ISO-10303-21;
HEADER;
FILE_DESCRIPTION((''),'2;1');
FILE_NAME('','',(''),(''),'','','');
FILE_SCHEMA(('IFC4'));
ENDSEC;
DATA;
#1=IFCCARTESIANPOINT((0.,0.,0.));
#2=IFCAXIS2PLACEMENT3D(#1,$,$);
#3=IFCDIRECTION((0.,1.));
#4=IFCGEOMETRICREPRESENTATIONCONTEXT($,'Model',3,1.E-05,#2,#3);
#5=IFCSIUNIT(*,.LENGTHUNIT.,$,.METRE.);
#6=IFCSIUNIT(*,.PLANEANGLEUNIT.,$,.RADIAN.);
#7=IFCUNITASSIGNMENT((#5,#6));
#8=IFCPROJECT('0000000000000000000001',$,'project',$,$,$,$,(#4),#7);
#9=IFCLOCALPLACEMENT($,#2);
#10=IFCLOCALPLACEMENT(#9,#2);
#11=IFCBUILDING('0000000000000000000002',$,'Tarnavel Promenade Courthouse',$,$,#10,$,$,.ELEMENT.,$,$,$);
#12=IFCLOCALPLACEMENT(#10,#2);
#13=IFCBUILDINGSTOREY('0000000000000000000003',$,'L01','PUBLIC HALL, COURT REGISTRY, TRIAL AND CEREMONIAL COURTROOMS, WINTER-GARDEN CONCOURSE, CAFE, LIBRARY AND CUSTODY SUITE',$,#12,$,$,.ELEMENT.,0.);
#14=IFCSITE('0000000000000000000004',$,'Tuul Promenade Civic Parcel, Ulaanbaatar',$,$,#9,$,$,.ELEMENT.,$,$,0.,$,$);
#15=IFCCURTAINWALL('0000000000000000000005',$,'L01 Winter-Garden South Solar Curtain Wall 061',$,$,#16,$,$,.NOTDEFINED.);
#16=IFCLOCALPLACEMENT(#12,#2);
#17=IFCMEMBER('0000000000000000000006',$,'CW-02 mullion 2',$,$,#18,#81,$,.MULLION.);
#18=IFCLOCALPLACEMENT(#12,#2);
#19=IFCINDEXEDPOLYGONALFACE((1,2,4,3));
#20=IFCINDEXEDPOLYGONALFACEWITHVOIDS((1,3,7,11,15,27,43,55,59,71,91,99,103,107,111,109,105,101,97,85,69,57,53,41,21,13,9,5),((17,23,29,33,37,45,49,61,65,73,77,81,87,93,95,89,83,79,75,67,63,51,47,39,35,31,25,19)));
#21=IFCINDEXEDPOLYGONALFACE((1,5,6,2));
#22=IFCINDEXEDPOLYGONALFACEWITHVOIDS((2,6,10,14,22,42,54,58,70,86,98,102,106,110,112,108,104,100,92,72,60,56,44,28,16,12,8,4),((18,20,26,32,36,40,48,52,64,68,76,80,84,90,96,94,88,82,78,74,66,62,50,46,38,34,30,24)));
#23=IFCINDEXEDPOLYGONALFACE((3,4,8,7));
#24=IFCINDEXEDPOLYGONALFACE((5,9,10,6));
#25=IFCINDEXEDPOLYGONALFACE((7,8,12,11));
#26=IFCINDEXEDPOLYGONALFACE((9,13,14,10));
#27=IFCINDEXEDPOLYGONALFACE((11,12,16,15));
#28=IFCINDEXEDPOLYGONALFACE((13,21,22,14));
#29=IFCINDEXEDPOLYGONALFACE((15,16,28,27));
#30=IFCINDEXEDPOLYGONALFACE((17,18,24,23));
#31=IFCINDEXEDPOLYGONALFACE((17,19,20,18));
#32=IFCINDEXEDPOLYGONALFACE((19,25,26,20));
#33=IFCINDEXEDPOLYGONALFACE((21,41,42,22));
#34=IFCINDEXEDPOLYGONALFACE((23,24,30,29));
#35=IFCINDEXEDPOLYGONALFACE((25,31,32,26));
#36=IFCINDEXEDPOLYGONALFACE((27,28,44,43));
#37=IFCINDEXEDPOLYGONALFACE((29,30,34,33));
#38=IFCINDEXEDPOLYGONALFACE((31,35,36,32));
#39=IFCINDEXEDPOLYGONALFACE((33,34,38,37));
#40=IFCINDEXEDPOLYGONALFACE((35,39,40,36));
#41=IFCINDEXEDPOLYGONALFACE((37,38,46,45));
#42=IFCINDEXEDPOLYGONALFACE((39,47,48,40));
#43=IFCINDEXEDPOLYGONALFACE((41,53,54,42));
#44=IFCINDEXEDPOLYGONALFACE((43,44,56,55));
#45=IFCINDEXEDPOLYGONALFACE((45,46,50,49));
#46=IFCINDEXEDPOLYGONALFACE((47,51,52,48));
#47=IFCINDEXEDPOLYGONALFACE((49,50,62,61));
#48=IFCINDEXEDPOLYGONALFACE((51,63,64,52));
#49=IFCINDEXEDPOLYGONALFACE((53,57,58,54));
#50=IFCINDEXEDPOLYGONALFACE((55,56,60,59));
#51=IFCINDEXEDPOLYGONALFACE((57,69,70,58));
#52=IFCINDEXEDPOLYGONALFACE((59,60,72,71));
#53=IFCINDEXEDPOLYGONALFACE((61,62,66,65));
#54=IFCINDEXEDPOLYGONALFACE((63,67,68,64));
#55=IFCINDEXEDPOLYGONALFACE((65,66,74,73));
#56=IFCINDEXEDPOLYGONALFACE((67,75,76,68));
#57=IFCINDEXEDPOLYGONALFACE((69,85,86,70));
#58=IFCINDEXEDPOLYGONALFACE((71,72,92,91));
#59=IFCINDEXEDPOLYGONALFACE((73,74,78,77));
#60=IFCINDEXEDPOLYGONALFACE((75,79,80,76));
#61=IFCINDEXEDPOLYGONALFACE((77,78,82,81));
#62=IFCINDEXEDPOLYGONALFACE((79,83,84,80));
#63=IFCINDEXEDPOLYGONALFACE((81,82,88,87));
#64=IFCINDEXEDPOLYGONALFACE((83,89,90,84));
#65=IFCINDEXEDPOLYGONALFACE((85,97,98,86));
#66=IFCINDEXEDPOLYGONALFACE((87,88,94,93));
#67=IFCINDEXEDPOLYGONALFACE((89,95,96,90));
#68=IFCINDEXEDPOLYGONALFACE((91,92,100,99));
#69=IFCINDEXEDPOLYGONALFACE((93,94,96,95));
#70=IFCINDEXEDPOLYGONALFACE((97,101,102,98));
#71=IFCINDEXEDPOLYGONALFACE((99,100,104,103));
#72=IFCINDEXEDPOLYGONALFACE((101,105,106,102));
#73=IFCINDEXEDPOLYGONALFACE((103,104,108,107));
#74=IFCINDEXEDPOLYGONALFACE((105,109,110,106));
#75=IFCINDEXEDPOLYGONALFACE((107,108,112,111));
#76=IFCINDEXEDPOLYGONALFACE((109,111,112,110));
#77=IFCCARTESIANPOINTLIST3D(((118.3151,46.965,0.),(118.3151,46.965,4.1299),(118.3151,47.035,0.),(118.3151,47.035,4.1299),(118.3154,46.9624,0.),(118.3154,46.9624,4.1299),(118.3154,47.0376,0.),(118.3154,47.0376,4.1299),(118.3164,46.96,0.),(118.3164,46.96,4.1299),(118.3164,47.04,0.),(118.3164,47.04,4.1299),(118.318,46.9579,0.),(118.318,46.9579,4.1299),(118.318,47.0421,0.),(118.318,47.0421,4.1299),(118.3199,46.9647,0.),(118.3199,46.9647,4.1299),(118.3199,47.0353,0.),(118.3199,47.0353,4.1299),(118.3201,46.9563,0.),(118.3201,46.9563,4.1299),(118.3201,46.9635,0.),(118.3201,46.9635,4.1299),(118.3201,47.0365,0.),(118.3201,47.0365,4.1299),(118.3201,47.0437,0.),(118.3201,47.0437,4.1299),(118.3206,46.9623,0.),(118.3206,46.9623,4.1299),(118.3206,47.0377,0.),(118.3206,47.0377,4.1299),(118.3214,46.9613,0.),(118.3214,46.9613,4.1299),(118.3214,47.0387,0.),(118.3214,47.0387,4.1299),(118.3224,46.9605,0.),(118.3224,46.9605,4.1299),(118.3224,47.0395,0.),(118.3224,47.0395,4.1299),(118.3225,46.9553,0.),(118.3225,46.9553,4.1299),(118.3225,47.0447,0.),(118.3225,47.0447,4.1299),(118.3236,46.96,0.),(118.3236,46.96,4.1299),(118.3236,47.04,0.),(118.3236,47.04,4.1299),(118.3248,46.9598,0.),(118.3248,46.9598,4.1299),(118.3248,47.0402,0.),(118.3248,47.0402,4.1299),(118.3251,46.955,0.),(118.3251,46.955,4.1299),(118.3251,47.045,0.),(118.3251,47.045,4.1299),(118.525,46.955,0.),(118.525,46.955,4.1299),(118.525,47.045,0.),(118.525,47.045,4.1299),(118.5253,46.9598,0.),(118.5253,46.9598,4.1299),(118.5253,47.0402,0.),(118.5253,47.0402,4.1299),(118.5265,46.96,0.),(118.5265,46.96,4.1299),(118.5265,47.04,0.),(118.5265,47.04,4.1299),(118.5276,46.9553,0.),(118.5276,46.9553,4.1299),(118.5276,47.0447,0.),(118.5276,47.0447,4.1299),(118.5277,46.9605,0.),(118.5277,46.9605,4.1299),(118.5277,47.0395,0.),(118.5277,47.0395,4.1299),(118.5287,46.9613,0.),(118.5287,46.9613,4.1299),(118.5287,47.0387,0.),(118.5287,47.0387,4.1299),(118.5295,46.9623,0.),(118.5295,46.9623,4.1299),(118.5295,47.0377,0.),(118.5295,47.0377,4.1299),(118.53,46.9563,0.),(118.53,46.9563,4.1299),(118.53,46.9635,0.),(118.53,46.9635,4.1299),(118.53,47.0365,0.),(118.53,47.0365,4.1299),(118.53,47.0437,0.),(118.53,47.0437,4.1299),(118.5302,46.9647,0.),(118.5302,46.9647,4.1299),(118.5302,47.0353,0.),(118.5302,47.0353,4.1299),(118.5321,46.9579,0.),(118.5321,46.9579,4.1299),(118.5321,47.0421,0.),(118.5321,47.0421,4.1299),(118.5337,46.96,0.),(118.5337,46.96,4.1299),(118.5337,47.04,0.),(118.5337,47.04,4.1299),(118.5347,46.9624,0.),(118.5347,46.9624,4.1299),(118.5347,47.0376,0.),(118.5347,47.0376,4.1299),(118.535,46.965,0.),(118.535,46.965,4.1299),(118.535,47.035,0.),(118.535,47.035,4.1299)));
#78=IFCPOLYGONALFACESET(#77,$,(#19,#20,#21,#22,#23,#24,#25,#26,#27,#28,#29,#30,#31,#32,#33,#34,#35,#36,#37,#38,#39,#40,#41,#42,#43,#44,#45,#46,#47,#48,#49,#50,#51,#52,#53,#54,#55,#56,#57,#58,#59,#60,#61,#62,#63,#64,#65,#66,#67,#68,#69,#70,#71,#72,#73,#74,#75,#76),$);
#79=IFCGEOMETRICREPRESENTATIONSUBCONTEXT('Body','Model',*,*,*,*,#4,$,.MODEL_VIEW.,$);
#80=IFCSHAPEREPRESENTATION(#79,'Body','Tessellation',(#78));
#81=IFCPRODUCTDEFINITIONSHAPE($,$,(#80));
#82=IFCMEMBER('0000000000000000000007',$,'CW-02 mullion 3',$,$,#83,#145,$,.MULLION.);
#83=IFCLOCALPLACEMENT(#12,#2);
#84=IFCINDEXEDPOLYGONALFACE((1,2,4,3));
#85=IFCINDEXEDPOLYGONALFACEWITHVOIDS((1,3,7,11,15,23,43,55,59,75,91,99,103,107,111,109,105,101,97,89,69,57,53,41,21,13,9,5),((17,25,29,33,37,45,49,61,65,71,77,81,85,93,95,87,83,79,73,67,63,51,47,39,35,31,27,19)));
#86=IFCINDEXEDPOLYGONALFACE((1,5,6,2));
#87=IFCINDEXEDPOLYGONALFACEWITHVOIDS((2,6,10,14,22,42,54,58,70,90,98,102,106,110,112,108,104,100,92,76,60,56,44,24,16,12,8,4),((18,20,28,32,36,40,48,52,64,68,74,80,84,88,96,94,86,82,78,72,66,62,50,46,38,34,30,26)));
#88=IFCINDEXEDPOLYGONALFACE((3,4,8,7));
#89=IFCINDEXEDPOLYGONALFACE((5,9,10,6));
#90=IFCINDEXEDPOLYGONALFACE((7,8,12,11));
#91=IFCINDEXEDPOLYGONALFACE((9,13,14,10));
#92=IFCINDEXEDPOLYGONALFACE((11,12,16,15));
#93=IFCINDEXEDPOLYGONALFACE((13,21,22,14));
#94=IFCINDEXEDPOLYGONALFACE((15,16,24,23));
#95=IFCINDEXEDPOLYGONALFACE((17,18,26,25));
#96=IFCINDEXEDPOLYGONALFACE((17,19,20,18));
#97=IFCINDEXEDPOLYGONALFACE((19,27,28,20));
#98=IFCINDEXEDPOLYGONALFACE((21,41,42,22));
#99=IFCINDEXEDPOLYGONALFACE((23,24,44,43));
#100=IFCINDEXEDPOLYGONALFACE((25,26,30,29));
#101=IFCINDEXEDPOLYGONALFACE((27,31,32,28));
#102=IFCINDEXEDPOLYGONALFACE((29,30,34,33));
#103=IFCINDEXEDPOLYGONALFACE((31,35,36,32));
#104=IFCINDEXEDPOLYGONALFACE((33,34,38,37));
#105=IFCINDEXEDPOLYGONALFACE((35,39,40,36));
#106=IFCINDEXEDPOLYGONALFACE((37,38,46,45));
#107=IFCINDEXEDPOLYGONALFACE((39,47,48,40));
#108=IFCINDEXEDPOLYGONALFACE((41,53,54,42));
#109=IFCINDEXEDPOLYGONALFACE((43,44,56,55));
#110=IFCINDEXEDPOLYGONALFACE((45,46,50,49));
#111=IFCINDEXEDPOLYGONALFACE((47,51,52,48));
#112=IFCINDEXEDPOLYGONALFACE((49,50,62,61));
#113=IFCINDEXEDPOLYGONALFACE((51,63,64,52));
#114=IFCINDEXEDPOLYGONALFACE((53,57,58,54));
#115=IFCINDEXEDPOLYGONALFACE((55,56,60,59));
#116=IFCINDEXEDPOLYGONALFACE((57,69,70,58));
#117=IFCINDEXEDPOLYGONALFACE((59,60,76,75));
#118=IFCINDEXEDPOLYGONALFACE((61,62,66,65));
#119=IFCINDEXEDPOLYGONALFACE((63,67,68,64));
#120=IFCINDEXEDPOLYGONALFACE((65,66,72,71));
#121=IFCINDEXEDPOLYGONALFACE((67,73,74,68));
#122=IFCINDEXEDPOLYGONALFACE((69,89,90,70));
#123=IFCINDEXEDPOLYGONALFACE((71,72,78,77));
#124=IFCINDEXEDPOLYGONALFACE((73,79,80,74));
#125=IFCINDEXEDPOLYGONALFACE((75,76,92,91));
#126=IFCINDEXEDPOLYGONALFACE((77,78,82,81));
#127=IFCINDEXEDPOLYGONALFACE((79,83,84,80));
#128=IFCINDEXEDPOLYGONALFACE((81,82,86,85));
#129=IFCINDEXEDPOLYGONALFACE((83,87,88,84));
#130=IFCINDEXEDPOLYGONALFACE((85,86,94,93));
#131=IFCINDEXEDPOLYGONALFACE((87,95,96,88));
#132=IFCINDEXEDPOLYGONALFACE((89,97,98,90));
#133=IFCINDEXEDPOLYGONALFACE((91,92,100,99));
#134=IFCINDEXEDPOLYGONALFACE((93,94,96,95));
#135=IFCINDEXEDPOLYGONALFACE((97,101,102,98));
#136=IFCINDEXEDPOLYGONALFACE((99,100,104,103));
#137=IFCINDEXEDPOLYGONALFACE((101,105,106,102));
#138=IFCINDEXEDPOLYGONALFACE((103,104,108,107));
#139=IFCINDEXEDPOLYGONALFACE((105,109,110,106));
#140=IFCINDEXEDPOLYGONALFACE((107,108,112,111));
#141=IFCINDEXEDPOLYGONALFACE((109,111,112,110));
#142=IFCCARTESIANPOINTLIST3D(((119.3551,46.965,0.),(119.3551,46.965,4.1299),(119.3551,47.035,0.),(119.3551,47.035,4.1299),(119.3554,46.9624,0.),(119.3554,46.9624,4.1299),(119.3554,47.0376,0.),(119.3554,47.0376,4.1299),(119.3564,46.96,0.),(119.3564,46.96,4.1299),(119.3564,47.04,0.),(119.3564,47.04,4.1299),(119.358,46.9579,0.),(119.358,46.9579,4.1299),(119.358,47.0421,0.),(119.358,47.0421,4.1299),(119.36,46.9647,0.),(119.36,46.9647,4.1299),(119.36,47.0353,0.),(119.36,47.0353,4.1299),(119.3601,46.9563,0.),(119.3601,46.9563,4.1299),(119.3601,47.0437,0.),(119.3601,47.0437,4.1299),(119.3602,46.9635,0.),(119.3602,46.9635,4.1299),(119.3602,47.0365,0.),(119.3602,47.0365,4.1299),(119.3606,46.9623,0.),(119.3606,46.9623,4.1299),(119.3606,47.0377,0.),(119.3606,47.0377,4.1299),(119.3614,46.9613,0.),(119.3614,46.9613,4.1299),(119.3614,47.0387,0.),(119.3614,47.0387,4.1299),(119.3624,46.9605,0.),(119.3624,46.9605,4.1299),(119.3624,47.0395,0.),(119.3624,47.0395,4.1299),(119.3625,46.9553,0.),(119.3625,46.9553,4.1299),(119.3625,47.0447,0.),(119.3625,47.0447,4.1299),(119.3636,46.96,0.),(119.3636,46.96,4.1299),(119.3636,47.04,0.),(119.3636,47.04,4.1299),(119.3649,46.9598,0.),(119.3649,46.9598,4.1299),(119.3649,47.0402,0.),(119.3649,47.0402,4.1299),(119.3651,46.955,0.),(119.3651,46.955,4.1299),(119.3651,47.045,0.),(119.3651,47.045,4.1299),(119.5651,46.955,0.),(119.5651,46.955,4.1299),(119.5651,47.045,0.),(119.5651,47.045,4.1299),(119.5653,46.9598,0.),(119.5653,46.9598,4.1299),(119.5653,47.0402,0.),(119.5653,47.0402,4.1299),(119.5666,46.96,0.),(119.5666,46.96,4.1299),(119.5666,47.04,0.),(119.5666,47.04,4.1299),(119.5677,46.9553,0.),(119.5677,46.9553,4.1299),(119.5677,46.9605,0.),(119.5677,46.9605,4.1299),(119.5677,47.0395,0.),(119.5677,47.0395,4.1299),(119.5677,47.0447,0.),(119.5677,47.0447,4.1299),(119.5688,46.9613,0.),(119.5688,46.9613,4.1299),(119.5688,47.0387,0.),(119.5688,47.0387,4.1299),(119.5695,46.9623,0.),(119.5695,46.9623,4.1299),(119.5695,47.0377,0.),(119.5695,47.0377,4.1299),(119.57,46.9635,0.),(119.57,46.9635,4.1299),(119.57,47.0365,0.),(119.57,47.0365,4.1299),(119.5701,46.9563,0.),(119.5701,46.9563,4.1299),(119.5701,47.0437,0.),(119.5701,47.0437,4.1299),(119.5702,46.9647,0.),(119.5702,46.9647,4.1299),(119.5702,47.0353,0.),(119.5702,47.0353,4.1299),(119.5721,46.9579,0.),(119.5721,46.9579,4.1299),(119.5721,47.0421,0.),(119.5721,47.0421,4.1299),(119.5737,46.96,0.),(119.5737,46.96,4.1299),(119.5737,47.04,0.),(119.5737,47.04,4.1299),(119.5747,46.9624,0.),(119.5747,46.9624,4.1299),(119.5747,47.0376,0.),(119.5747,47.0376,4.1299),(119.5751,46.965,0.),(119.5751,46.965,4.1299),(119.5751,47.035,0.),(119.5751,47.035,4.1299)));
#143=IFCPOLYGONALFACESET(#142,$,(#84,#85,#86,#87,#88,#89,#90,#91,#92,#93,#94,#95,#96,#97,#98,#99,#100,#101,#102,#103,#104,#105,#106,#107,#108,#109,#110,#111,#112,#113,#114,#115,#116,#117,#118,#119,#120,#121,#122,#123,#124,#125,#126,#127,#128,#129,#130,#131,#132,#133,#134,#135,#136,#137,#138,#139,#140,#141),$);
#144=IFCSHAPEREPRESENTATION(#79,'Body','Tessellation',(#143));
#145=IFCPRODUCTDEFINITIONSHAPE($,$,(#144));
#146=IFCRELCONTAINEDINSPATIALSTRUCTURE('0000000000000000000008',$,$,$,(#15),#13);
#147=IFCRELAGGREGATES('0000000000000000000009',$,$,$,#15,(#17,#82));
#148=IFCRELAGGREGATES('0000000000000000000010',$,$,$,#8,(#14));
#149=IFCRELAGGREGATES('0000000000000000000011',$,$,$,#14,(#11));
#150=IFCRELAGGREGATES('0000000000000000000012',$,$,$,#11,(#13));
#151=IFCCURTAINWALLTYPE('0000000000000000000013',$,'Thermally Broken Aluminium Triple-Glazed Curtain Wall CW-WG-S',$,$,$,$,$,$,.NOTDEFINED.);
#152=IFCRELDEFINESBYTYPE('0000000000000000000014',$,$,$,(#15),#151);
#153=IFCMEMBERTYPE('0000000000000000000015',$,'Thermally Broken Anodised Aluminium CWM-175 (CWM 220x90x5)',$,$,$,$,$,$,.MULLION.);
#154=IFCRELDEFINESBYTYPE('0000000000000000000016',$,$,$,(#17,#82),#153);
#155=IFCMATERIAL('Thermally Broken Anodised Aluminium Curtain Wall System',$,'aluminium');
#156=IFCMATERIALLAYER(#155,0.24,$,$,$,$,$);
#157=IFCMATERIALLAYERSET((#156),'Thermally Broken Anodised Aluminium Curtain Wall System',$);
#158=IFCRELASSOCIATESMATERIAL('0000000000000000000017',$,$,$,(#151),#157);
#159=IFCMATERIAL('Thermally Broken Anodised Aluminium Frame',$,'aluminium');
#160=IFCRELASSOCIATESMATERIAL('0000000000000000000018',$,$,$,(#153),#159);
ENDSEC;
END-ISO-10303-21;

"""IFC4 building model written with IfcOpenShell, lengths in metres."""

from ifc_helpers import new_model, si_unit, direction, frame, origin, origin_2d, place, context, subcontext, project, spatial, hollow_rectangle, extrude, material, layer, layer_set, material_profile, profile_set, type_object, element, aggregate, save


model = new_model("IFC4")

# Units and contexts
model_context = context("Model", 3, precision=1e-05, world=origin(), true_north=direction((0.0, 1.0)))
body_context = subcontext(model_context, "Body", "Model", "MODEL_VIEW")
ifc_project = project(units=[si_unit("LENGTHUNIT", "METRE"), si_unit("PLANEANGLEUNIT", "RADIAN")], contexts=[model_context])

# Site, building, storey
site_placement = place(None, origin())
site = spatial("IfcSite", under=ifc_project, at=site_placement, Name="Tuul Promenade Civic Parcel, Ulaanbaatar", CompositionType="ELEMENT", RefElevation=0.0)
building_placement = place(site_placement, origin())
building = spatial("IfcBuilding", under=site, at=building_placement, Name="Tarnavel Promenade Courthouse", CompositionType="ELEMENT")
storey_placement = place(building_placement, origin())
storey = spatial("IfcBuildingStorey", under=building, at=storey_placement, Name="L01", Description="PUBLIC HALL, COURT REGISTRY, TRIAL AND CEREMONIAL COURTROOMS, WINTER-GARDEN CONCOURSE, CAFE, LIBRARY AND CUSTODY SUITE", CompositionType="ELEMENT", Elevation=0.0)

# Curtain wall, members
ifc_material_1 = material(Name="Thermally Broken Anodised Aluminium Curtain Wall System", Category="aluminium")
ifc_layer_1 = layer(ifc_material_1, 0.24)
ifc_layer_set_1 = layer_set([ifc_layer_1], Name="Thermally Broken Anodised Aluminium Curtain Wall System")
curtain_wall_type = type_object("IfcCurtainWallType", Name="Thermally Broken Aluminium Triple-Glazed Curtain Wall CW-WG-S", PredefinedType="NOTDEFINED", material=ifc_layer_set_1)
ifc_material_2 = material(Name="Thermally Broken Anodised Aluminium Frame", Category="aluminium")
ifc_material_profile_1 = material_profile(ifc_material_2, hollow_rectangle(XDim=0.0901, YDim=0.22, WallThickness=0.0049, InnerFilletRadius=0.0049, OuterFilletRadius=0.01, at=origin_2d()), Name="CWM 220x90x5")
ifc_profile_set_1 = profile_set([ifc_material_profile_1], Name="Thermally Broken Anodised Aluminium Frame")
member_type_1 = type_object("IfcMemberType", Name="Thermally Broken Anodised Aluminium CWM-175 (CWM 220x90x5)", PredefinedType="MULLION", material=ifc_profile_set_1)
curtain_wall_1_placement = place(storey_placement, origin())
curtain_wall_1 = element("IfcCurtainWall", 1, at=curtain_wall_1_placement, inside=storey, type_object=curtain_wall_type, Name="L01 Winter-Garden South Solar Curtain Wall 061", PredefinedType="NOTDEFINED")
member_1_placement = place(storey_placement, frame((118.425, 47.0, 0.0), z_axis=(0.0, 0.0, 1.0), x_axis=(0.0, 1.0, 0.0)))
member_1 = element("IfcMember", 2, at=member_1_placement, type_object=member_type_1, Name="CW-02 mullion 2", PredefinedType="MULLION", context=body_context, shape_type="SweptSolid", body=[
    extrude(hollow_rectangle(XDim=0.0901, YDim=0.22, WallThickness=0.0049, InnerFilletRadius=0.0049, OuterFilletRadius=0.01, at=origin_2d()), origin(), (0.0, 0.0, 1.0), 4.1299),
])
member_2_placement = place(storey_placement, frame((119.4651, 47.0, 0.0), z_axis=(0.0, 0.0, 1.0), x_axis=(0.0, 1.0, 0.0)))
member_2 = element("IfcMember", 3, at=member_2_placement, type_object=member_type_1, Name="CW-02 mullion 3", PredefinedType="MULLION", context=body_context, shape_type="SweptSolid", body=[
    extrude(hollow_rectangle(XDim=0.0901, YDim=0.22, WallThickness=0.0049, InnerFilletRadius=0.0049, OuterFilletRadius=0.01, at=origin_2d()), origin(), (0.0, 0.0, 1.0), 4.1299),
])

aggregate(curtain_wall_1, [member_1, member_2])

save(model, "model.ifc")
